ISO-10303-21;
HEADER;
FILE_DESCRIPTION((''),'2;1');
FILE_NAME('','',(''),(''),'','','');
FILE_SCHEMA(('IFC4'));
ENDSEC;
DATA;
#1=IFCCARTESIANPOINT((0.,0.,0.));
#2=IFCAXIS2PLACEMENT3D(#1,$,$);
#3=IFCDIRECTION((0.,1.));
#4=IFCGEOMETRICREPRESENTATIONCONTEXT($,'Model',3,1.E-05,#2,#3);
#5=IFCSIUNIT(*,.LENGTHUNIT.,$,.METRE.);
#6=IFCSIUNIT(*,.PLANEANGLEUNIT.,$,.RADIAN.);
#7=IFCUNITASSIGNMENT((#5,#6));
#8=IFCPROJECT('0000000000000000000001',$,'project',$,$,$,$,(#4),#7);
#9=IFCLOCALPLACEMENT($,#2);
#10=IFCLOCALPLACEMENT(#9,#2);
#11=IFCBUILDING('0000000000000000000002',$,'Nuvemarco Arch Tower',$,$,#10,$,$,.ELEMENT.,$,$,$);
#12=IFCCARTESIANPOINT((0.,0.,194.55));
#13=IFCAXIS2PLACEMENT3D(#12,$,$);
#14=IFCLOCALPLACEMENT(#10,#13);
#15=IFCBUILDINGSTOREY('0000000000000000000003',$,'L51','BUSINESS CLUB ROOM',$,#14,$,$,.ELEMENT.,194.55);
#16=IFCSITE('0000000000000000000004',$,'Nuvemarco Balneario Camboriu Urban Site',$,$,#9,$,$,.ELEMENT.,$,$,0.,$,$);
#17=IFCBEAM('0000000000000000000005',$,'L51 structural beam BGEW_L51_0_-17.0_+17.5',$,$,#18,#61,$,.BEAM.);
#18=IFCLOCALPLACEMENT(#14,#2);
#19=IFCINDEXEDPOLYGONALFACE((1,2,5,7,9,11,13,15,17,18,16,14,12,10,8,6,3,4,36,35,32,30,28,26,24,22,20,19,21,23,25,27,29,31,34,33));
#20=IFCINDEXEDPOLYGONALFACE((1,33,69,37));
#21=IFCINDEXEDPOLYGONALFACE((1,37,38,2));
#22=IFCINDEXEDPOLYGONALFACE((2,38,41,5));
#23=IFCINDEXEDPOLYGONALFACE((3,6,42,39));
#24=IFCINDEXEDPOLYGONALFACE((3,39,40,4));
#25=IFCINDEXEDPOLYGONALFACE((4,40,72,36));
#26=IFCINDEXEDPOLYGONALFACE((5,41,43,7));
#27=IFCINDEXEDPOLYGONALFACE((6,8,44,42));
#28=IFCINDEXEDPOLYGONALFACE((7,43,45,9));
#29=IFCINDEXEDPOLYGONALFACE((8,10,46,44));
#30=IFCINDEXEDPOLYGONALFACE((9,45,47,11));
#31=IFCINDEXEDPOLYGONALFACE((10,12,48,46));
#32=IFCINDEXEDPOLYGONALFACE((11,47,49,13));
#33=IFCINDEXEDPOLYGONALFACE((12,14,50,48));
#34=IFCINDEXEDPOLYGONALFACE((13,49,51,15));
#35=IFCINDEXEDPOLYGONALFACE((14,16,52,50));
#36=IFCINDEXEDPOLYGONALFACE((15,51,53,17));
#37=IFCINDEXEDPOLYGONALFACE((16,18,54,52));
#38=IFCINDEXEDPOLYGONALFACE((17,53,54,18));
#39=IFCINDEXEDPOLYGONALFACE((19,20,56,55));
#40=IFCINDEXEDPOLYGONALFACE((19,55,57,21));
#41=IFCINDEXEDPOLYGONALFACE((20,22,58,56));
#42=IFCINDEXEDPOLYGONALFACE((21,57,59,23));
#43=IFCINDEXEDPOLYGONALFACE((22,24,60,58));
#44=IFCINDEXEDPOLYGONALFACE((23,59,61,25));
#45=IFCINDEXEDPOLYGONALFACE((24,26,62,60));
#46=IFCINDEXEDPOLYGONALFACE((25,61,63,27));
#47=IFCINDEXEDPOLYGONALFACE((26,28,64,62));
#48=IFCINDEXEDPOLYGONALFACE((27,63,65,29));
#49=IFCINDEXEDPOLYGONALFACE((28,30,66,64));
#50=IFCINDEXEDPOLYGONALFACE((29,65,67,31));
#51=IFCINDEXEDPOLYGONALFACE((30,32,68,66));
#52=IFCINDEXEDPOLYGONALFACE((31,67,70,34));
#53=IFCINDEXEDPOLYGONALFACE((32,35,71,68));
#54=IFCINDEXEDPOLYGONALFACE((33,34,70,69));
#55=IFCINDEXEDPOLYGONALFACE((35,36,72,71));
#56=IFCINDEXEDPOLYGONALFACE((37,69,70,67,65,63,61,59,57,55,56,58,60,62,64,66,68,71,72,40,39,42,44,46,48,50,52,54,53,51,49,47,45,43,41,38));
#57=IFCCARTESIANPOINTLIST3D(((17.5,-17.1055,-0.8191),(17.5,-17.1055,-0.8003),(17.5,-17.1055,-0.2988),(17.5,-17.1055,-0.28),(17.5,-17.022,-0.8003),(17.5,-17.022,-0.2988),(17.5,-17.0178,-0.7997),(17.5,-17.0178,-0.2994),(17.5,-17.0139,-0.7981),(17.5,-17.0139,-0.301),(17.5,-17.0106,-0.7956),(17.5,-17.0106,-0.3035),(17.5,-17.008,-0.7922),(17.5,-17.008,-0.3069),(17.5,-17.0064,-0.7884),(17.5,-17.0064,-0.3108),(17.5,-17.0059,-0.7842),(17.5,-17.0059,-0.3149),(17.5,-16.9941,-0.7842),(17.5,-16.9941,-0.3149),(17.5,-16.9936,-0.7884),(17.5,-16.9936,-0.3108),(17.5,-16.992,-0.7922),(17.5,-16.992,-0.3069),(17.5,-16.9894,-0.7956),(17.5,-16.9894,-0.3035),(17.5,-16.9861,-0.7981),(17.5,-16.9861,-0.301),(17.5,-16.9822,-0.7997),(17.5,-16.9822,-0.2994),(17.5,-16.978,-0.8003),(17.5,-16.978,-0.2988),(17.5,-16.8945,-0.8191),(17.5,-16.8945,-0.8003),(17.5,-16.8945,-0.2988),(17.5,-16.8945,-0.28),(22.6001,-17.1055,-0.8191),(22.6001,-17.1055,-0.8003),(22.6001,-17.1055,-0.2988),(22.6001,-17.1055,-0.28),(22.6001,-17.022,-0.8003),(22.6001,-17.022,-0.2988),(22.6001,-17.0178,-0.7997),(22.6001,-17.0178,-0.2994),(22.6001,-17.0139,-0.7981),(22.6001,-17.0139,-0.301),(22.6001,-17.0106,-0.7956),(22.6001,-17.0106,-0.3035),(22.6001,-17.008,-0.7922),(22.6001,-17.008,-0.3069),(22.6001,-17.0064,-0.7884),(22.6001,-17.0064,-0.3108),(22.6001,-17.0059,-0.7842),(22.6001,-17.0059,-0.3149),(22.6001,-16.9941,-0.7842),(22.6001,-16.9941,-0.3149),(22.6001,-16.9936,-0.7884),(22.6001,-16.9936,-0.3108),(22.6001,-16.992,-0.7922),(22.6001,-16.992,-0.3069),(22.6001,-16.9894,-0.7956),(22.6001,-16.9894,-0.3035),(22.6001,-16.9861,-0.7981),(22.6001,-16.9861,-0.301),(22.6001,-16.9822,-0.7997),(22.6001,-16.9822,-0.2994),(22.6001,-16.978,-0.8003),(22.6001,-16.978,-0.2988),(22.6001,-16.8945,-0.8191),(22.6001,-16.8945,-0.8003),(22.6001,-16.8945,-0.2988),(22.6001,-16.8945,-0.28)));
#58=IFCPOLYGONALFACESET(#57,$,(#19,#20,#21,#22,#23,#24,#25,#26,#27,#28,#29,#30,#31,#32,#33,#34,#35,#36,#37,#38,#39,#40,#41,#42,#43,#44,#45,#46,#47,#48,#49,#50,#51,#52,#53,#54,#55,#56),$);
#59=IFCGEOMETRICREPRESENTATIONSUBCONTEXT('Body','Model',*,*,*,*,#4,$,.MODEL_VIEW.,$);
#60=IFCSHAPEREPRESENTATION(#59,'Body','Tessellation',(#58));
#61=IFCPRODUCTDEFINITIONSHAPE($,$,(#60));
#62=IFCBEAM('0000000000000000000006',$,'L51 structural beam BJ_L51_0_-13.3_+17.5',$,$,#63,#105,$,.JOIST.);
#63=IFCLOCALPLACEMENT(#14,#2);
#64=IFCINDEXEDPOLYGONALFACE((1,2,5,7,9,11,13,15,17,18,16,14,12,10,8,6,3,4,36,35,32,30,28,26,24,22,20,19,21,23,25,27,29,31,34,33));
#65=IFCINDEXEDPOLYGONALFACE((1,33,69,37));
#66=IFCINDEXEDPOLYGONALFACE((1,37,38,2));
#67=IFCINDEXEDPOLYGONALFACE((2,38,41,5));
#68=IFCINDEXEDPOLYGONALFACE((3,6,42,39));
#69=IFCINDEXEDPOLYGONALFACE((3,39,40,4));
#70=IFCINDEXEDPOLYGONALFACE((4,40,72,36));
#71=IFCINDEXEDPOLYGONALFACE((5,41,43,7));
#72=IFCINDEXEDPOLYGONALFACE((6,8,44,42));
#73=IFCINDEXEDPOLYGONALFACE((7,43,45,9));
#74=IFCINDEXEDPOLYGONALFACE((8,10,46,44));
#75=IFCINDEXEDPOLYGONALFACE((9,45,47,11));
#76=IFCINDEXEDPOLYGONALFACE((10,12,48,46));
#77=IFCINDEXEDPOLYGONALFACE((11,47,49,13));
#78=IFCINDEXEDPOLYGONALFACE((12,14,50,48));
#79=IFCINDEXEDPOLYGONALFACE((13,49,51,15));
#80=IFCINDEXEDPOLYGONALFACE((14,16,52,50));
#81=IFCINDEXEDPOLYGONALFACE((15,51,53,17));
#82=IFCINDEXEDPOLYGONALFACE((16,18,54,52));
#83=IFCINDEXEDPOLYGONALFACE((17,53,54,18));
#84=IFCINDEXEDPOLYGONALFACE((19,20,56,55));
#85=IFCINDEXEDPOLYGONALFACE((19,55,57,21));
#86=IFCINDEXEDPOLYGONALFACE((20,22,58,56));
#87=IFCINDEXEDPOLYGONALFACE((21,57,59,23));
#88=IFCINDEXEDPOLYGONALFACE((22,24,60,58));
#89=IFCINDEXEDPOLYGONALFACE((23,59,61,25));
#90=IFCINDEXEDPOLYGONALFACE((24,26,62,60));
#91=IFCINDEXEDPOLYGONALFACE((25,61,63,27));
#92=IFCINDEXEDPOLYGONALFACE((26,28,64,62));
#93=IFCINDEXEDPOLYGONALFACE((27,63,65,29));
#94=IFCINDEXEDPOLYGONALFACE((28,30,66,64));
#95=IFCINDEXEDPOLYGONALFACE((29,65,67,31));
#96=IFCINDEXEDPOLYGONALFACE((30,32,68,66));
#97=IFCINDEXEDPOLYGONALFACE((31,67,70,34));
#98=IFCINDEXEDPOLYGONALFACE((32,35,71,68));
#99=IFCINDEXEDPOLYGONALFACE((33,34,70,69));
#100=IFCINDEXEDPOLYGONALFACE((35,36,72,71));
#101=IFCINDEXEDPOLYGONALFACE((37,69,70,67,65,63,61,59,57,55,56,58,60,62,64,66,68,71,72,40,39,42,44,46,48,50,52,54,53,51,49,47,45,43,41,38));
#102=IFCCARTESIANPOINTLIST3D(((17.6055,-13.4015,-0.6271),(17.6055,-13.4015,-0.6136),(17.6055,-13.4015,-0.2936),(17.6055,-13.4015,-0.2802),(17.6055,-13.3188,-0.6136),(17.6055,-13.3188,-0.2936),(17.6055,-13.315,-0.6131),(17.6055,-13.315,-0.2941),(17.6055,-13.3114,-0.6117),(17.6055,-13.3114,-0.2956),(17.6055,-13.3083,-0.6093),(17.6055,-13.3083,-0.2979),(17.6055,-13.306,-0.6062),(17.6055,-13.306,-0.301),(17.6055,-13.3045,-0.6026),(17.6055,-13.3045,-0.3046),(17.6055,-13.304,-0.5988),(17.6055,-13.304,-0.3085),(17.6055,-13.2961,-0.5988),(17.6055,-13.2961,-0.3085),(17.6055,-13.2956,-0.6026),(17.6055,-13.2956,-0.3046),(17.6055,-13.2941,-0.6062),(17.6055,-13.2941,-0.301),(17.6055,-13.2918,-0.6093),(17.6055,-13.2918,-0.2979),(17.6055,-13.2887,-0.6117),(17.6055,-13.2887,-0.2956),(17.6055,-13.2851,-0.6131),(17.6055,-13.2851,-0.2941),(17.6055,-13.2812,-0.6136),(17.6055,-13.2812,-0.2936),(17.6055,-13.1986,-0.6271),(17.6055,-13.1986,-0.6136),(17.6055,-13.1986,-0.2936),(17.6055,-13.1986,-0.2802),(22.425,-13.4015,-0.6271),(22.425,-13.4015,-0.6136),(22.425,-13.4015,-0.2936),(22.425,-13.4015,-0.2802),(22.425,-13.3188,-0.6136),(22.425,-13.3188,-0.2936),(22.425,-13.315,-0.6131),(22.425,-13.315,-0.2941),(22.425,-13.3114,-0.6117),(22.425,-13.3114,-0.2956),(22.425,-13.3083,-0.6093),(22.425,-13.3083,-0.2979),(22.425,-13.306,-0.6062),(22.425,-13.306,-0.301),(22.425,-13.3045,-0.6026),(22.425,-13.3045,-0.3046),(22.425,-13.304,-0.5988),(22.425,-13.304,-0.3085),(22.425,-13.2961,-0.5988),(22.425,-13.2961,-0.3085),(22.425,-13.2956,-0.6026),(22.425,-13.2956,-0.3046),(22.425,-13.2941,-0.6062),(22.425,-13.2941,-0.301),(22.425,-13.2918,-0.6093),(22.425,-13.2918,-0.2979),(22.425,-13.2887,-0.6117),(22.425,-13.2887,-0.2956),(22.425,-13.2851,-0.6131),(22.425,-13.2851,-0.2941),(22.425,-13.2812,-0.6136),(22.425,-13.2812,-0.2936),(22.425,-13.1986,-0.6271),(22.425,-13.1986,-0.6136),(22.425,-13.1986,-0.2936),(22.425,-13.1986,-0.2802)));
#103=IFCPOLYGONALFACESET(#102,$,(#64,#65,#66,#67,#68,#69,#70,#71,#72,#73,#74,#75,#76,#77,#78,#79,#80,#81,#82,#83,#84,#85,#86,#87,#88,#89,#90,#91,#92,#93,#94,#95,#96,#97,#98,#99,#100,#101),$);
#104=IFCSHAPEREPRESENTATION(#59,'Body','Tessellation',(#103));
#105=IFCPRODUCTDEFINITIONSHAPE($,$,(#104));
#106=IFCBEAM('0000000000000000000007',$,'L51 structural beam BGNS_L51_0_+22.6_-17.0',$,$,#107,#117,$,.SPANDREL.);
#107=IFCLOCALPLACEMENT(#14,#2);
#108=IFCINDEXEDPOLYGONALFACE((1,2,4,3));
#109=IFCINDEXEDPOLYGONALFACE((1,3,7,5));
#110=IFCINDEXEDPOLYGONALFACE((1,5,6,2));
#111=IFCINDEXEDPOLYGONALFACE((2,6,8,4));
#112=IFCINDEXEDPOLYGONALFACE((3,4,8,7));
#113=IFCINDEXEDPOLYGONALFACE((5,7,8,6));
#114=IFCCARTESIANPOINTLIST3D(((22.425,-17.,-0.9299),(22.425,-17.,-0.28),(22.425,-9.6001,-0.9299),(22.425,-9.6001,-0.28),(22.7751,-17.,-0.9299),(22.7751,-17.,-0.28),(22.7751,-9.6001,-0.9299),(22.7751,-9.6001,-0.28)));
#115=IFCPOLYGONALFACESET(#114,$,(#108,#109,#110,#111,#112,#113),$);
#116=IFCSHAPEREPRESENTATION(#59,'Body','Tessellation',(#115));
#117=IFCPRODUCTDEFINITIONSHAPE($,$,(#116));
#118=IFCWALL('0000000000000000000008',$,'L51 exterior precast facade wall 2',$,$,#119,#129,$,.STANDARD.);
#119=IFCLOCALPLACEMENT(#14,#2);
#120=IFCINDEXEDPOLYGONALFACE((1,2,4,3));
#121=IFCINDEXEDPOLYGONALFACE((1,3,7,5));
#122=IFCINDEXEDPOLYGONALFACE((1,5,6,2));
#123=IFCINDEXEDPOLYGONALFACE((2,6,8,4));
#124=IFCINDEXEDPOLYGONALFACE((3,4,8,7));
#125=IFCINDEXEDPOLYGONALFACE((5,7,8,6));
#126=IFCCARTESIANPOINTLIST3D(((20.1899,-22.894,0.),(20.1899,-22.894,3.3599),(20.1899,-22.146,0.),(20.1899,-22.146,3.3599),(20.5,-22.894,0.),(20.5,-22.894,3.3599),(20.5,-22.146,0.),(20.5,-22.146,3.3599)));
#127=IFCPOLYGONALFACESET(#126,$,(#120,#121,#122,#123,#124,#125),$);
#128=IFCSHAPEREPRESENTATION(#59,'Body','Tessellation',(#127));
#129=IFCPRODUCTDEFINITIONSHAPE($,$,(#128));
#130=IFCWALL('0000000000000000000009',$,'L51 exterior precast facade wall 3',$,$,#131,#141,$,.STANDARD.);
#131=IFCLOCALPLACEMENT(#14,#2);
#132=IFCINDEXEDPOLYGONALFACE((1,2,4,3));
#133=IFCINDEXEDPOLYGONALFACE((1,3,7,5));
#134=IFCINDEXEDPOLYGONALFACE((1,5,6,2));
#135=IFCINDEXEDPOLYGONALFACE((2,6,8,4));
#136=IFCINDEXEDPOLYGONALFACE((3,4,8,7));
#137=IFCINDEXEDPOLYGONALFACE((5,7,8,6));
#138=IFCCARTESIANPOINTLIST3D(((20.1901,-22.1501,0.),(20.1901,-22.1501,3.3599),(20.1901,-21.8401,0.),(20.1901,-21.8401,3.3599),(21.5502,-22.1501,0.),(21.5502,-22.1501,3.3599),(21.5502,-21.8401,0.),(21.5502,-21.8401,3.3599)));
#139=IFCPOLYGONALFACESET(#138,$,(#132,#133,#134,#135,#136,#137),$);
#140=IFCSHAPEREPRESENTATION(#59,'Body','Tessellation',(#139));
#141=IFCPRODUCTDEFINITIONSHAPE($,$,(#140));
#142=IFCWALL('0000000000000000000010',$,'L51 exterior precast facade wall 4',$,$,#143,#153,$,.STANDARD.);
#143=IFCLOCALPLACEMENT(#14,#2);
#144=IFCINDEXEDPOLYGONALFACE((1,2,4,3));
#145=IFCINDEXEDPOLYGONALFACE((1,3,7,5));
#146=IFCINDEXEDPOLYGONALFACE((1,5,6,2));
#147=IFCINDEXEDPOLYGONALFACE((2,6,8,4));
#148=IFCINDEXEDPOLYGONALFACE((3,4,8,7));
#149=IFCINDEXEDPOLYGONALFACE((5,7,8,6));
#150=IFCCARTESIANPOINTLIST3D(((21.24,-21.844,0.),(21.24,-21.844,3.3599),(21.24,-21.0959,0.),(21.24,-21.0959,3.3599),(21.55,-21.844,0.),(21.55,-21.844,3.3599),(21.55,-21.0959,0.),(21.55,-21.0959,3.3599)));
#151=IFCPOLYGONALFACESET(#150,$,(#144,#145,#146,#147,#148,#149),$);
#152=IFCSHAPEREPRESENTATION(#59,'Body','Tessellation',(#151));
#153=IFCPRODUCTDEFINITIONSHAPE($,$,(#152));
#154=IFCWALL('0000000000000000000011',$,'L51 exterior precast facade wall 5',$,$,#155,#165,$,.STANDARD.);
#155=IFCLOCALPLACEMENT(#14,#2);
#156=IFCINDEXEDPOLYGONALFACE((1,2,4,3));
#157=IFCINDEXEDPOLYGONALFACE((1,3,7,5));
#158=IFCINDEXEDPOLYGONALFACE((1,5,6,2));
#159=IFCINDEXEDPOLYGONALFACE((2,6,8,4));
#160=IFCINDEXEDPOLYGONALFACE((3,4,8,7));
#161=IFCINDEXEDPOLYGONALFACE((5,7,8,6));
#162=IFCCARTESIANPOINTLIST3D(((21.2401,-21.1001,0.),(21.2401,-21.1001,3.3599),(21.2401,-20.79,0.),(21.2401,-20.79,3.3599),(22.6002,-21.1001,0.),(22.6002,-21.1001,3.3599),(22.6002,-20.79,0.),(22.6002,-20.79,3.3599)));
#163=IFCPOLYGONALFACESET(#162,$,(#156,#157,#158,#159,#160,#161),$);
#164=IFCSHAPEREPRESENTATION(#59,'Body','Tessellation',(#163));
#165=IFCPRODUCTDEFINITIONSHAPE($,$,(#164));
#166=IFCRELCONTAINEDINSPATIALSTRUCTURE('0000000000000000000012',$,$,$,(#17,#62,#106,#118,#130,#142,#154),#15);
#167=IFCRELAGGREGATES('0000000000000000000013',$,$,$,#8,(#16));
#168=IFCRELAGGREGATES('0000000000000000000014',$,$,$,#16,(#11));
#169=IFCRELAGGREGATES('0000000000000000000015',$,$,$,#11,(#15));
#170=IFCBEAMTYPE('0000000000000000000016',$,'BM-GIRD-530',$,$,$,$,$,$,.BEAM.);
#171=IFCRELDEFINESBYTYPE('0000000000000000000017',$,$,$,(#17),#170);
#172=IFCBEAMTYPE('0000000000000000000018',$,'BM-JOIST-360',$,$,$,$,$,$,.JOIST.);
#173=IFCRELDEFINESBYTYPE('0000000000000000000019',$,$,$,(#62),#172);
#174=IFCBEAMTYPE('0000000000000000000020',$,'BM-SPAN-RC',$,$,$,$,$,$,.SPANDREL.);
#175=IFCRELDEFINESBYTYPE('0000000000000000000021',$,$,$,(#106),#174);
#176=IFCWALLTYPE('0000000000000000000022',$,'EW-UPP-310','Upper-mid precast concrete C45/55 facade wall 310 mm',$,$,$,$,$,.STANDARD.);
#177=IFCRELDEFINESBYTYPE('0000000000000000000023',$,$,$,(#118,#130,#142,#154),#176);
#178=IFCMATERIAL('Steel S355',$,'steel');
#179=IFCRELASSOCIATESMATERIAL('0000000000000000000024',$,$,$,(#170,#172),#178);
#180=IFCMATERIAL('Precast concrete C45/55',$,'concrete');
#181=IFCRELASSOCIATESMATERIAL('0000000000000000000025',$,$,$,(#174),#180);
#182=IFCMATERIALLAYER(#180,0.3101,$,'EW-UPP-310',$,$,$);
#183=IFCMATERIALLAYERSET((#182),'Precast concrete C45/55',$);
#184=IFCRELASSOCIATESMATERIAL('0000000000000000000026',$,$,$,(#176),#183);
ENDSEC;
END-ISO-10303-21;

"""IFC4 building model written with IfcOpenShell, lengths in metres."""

from ifc_helpers import new_model, si_unit, direction, frame, frame_2d, origin, origin_2d, place, context, subcontext, project, spatial, rectangle, i_section, extrude, material, layer, layer_set, material_profile, profile_set, type_object, element, save


model = new_model("IFC4")

# Units and contexts
model_context = context("Model", 3, precision=1e-05, world=origin(), true_north=direction((0.0, 1.0)))
body_context = subcontext(model_context, "Body", "Model", "MODEL_VIEW")
ifc_project = project(units=[si_unit("LENGTHUNIT", "METRE"), si_unit("PLANEANGLEUNIT", "RADIAN")], contexts=[model_context])

# Site, building, storey
site_placement = place(None, origin())
site = spatial("IfcSite", under=ifc_project, at=site_placement, Name="Nuvemarco Balneario Camboriu Urban Site", CompositionType="ELEMENT", RefElevation=0.0)
building_placement = place(site_placement, origin())
building = spatial("IfcBuilding", under=site, at=building_placement, Name="Nuvemarco Arch Tower", CompositionType="ELEMENT")
storey_placement = place(building_placement, frame((0.0, 0.0, 194.55)))
storey = spatial("IfcBuildingStorey", under=building, at=storey_placement, Name="L51", Description="BUSINESS CLUB ROOM", CompositionType="ELEMENT", Elevation=194.55)

# Shared definitions
ifc_material_1 = material(Name="Steel S355", Category="steel")

# Beams
ifc_material_profile_1 = material_profile(ifc_material_1, i_section(OverallWidth=0.2109, OverallDepth=0.5391, WebThickness=0.0117, FlangeThickness=0.0188, FilletRadius=0.0161, at=origin_2d()), Name="W530x109")
ifc_profile_set_1 = profile_set([ifc_material_profile_1], Name="Steel S355")
beam_type_1 = type_object("IfcBeamType", Name="BM-GIRD-530", PredefinedType="BEAM", material=ifc_profile_set_1)
beam_1_placement = place(storey_placement, frame((17.5, -17.0, -0.5496), z_axis=(1.0, 0.0, 0.0), x_axis=(0.0, 1.0, 0.0)))
element("IfcBeam", 1, at=beam_1_placement, inside=storey, type_object=beam_type_1, Name="L51 structural beam BGEW_L51_0_-17.0_+17.5", PredefinedType="BEAM", context=body_context, shape_type="SweptSolid", body=[
    extrude(i_section(OverallWidth=0.2109, OverallDepth=0.5391, WebThickness=0.0117, FlangeThickness=0.0188, FilletRadius=0.0161, at=origin_2d()), origin(), (0.0, 0.0, 1.0), 5.1001),
])
ifc_material_profile_2 = material_profile(ifc_material_1, i_section(OverallWidth=0.2029, OverallDepth=0.3469, WebThickness=0.0078, FlangeThickness=0.0134, FilletRadius=0.0149, at=origin_2d()), Name="W360x64")
ifc_profile_set_2 = profile_set([ifc_material_profile_2], Name="Steel S355")
beam_type_2 = type_object("IfcBeamType", Name="BM-JOIST-360", PredefinedType="JOIST", material=ifc_profile_set_2)
beam_2_placement = place(storey_placement, frame((17.6055, -13.3, -0.4536), z_axis=(1.0, 0.0, 0.0), x_axis=(0.0, 1.0, 0.0)))
element("IfcBeam", 2, at=beam_2_placement, inside=storey, type_object=beam_type_2, Name="L51 structural beam BJ_L51_0_-13.3_+17.5", PredefinedType="JOIST", context=body_context, shape_type="SweptSolid", body=[
    extrude(i_section(OverallWidth=0.2029, OverallDepth=0.3469, WebThickness=0.0078, FlangeThickness=0.0134, FilletRadius=0.0149, at=origin_2d()), origin(), (0.0, 0.0, 1.0), 4.8196),
])
ifc_material_2 = material(Name="Precast concrete C45/55", Category="concrete")
ifc_material_profile_3 = material_profile(ifc_material_2, rectangle(XDim=0.3501, YDim=0.6499, at=origin_2d()), Name="PC-SP-350x650")
ifc_profile_set_3 = profile_set([ifc_material_profile_3], Name="Precast concrete C45/55")
beam_type_3 = type_object("IfcBeamType", Name="BM-SPAN-RC", PredefinedType="SPANDREL", material=ifc_profile_set_3)
beam_3_placement = place(storey_placement, frame((22.6001, -17.0, -0.605), z_axis=(0.0, 1.0, 0.0), x_axis=(-1.0, 0.0, 0.0)))
element("IfcBeam", 3, at=beam_3_placement, inside=storey, type_object=beam_type_3, Name="L51 structural beam BGNS_L51_0_+22.6_-17.0", PredefinedType="SPANDREL", context=body_context, shape_type="SweptSolid", body=[
    extrude(rectangle(XDim=0.3501, YDim=0.6499, at=origin_2d()), origin(), (0.0, 0.0, 1.0), 7.3999),
])

# Walls
ifc_layer_1 = layer(ifc_material_2, 0.3101, Name="EW-UPP-310")
ifc_layer_set_1 = layer_set([ifc_layer_1], Name="Precast concrete C45/55")
wall_type_1 = type_object("IfcWallType", Name="EW-UPP-310", Description="Upper-mid precast concrete C45/55 facade wall 310 mm", PredefinedType="STANDARD", material=ifc_layer_set_1)
wall_1_placement = place(storey_placement, frame((20.345, -22.894, 0.0), z_axis=(0.0, 0.0, 1.0), x_axis=(0.0, 1.0, 0.0)))
element("IfcWall", 4, at=wall_1_placement, inside=storey, type_object=wall_type_1, Name="L51 exterior precast facade wall 2", PredefinedType="STANDARD", context=body_context, shape_type="SweptSolid", body=[
    extrude(rectangle(XDim=0.748, YDim=0.3101, at=frame_2d((0.374, 0.0))), origin(), (0.0, 0.0, 1.0), 3.3599),
])
wall_2_placement = place(storey_placement, frame((20.1899, -21.9951, 0.0), z_axis=(0.0, 0.0, 1.0), x_axis=(1.0, 0.0, 0.0)))
element("IfcWall", 5, at=wall_2_placement, inside=storey, type_object=wall_type_1, Name="L51 exterior precast facade wall 3", PredefinedType="STANDARD", context=body_context, shape_type="SweptSolid", body=[
    extrude(rectangle(XDim=1.3601, YDim=0.3101, at=frame_2d((0.6802, 0.0))), origin(), (0.0, 0.0, 1.0), 3.3599),
])
wall_3_placement = place(storey_placement, frame((21.395, -21.844, 0.0), z_axis=(0.0, 0.0, 1.0), x_axis=(0.0, 1.0, 0.0)))
element("IfcWall", 6, at=wall_3_placement, inside=storey, type_object=wall_type_1, Name="L51 exterior precast facade wall 4", PredefinedType="STANDARD", context=body_context, shape_type="SweptSolid", body=[
    extrude(rectangle(XDim=0.748, YDim=0.3101, at=frame_2d((0.374, 0.0))), origin(), (0.0, 0.0, 1.0), 3.3599),
])
wall_4_placement = place(storey_placement, frame((21.24, -20.9451, 0.0), z_axis=(0.0, 0.0, 1.0), x_axis=(1.0, 0.0, 0.0)))
element("IfcWall", 7, at=wall_4_placement, inside=storey, type_object=wall_type_1, Name="L51 exterior precast facade wall 5", PredefinedType="STANDARD", context=body_context, shape_type="SweptSolid", body=[
    extrude(rectangle(XDim=1.3601, YDim=0.3101, at=frame_2d((0.6802, 0.0))), origin(), (0.0, 0.0, 1.0), 3.3599),
])

save(model, "model.ifc")
